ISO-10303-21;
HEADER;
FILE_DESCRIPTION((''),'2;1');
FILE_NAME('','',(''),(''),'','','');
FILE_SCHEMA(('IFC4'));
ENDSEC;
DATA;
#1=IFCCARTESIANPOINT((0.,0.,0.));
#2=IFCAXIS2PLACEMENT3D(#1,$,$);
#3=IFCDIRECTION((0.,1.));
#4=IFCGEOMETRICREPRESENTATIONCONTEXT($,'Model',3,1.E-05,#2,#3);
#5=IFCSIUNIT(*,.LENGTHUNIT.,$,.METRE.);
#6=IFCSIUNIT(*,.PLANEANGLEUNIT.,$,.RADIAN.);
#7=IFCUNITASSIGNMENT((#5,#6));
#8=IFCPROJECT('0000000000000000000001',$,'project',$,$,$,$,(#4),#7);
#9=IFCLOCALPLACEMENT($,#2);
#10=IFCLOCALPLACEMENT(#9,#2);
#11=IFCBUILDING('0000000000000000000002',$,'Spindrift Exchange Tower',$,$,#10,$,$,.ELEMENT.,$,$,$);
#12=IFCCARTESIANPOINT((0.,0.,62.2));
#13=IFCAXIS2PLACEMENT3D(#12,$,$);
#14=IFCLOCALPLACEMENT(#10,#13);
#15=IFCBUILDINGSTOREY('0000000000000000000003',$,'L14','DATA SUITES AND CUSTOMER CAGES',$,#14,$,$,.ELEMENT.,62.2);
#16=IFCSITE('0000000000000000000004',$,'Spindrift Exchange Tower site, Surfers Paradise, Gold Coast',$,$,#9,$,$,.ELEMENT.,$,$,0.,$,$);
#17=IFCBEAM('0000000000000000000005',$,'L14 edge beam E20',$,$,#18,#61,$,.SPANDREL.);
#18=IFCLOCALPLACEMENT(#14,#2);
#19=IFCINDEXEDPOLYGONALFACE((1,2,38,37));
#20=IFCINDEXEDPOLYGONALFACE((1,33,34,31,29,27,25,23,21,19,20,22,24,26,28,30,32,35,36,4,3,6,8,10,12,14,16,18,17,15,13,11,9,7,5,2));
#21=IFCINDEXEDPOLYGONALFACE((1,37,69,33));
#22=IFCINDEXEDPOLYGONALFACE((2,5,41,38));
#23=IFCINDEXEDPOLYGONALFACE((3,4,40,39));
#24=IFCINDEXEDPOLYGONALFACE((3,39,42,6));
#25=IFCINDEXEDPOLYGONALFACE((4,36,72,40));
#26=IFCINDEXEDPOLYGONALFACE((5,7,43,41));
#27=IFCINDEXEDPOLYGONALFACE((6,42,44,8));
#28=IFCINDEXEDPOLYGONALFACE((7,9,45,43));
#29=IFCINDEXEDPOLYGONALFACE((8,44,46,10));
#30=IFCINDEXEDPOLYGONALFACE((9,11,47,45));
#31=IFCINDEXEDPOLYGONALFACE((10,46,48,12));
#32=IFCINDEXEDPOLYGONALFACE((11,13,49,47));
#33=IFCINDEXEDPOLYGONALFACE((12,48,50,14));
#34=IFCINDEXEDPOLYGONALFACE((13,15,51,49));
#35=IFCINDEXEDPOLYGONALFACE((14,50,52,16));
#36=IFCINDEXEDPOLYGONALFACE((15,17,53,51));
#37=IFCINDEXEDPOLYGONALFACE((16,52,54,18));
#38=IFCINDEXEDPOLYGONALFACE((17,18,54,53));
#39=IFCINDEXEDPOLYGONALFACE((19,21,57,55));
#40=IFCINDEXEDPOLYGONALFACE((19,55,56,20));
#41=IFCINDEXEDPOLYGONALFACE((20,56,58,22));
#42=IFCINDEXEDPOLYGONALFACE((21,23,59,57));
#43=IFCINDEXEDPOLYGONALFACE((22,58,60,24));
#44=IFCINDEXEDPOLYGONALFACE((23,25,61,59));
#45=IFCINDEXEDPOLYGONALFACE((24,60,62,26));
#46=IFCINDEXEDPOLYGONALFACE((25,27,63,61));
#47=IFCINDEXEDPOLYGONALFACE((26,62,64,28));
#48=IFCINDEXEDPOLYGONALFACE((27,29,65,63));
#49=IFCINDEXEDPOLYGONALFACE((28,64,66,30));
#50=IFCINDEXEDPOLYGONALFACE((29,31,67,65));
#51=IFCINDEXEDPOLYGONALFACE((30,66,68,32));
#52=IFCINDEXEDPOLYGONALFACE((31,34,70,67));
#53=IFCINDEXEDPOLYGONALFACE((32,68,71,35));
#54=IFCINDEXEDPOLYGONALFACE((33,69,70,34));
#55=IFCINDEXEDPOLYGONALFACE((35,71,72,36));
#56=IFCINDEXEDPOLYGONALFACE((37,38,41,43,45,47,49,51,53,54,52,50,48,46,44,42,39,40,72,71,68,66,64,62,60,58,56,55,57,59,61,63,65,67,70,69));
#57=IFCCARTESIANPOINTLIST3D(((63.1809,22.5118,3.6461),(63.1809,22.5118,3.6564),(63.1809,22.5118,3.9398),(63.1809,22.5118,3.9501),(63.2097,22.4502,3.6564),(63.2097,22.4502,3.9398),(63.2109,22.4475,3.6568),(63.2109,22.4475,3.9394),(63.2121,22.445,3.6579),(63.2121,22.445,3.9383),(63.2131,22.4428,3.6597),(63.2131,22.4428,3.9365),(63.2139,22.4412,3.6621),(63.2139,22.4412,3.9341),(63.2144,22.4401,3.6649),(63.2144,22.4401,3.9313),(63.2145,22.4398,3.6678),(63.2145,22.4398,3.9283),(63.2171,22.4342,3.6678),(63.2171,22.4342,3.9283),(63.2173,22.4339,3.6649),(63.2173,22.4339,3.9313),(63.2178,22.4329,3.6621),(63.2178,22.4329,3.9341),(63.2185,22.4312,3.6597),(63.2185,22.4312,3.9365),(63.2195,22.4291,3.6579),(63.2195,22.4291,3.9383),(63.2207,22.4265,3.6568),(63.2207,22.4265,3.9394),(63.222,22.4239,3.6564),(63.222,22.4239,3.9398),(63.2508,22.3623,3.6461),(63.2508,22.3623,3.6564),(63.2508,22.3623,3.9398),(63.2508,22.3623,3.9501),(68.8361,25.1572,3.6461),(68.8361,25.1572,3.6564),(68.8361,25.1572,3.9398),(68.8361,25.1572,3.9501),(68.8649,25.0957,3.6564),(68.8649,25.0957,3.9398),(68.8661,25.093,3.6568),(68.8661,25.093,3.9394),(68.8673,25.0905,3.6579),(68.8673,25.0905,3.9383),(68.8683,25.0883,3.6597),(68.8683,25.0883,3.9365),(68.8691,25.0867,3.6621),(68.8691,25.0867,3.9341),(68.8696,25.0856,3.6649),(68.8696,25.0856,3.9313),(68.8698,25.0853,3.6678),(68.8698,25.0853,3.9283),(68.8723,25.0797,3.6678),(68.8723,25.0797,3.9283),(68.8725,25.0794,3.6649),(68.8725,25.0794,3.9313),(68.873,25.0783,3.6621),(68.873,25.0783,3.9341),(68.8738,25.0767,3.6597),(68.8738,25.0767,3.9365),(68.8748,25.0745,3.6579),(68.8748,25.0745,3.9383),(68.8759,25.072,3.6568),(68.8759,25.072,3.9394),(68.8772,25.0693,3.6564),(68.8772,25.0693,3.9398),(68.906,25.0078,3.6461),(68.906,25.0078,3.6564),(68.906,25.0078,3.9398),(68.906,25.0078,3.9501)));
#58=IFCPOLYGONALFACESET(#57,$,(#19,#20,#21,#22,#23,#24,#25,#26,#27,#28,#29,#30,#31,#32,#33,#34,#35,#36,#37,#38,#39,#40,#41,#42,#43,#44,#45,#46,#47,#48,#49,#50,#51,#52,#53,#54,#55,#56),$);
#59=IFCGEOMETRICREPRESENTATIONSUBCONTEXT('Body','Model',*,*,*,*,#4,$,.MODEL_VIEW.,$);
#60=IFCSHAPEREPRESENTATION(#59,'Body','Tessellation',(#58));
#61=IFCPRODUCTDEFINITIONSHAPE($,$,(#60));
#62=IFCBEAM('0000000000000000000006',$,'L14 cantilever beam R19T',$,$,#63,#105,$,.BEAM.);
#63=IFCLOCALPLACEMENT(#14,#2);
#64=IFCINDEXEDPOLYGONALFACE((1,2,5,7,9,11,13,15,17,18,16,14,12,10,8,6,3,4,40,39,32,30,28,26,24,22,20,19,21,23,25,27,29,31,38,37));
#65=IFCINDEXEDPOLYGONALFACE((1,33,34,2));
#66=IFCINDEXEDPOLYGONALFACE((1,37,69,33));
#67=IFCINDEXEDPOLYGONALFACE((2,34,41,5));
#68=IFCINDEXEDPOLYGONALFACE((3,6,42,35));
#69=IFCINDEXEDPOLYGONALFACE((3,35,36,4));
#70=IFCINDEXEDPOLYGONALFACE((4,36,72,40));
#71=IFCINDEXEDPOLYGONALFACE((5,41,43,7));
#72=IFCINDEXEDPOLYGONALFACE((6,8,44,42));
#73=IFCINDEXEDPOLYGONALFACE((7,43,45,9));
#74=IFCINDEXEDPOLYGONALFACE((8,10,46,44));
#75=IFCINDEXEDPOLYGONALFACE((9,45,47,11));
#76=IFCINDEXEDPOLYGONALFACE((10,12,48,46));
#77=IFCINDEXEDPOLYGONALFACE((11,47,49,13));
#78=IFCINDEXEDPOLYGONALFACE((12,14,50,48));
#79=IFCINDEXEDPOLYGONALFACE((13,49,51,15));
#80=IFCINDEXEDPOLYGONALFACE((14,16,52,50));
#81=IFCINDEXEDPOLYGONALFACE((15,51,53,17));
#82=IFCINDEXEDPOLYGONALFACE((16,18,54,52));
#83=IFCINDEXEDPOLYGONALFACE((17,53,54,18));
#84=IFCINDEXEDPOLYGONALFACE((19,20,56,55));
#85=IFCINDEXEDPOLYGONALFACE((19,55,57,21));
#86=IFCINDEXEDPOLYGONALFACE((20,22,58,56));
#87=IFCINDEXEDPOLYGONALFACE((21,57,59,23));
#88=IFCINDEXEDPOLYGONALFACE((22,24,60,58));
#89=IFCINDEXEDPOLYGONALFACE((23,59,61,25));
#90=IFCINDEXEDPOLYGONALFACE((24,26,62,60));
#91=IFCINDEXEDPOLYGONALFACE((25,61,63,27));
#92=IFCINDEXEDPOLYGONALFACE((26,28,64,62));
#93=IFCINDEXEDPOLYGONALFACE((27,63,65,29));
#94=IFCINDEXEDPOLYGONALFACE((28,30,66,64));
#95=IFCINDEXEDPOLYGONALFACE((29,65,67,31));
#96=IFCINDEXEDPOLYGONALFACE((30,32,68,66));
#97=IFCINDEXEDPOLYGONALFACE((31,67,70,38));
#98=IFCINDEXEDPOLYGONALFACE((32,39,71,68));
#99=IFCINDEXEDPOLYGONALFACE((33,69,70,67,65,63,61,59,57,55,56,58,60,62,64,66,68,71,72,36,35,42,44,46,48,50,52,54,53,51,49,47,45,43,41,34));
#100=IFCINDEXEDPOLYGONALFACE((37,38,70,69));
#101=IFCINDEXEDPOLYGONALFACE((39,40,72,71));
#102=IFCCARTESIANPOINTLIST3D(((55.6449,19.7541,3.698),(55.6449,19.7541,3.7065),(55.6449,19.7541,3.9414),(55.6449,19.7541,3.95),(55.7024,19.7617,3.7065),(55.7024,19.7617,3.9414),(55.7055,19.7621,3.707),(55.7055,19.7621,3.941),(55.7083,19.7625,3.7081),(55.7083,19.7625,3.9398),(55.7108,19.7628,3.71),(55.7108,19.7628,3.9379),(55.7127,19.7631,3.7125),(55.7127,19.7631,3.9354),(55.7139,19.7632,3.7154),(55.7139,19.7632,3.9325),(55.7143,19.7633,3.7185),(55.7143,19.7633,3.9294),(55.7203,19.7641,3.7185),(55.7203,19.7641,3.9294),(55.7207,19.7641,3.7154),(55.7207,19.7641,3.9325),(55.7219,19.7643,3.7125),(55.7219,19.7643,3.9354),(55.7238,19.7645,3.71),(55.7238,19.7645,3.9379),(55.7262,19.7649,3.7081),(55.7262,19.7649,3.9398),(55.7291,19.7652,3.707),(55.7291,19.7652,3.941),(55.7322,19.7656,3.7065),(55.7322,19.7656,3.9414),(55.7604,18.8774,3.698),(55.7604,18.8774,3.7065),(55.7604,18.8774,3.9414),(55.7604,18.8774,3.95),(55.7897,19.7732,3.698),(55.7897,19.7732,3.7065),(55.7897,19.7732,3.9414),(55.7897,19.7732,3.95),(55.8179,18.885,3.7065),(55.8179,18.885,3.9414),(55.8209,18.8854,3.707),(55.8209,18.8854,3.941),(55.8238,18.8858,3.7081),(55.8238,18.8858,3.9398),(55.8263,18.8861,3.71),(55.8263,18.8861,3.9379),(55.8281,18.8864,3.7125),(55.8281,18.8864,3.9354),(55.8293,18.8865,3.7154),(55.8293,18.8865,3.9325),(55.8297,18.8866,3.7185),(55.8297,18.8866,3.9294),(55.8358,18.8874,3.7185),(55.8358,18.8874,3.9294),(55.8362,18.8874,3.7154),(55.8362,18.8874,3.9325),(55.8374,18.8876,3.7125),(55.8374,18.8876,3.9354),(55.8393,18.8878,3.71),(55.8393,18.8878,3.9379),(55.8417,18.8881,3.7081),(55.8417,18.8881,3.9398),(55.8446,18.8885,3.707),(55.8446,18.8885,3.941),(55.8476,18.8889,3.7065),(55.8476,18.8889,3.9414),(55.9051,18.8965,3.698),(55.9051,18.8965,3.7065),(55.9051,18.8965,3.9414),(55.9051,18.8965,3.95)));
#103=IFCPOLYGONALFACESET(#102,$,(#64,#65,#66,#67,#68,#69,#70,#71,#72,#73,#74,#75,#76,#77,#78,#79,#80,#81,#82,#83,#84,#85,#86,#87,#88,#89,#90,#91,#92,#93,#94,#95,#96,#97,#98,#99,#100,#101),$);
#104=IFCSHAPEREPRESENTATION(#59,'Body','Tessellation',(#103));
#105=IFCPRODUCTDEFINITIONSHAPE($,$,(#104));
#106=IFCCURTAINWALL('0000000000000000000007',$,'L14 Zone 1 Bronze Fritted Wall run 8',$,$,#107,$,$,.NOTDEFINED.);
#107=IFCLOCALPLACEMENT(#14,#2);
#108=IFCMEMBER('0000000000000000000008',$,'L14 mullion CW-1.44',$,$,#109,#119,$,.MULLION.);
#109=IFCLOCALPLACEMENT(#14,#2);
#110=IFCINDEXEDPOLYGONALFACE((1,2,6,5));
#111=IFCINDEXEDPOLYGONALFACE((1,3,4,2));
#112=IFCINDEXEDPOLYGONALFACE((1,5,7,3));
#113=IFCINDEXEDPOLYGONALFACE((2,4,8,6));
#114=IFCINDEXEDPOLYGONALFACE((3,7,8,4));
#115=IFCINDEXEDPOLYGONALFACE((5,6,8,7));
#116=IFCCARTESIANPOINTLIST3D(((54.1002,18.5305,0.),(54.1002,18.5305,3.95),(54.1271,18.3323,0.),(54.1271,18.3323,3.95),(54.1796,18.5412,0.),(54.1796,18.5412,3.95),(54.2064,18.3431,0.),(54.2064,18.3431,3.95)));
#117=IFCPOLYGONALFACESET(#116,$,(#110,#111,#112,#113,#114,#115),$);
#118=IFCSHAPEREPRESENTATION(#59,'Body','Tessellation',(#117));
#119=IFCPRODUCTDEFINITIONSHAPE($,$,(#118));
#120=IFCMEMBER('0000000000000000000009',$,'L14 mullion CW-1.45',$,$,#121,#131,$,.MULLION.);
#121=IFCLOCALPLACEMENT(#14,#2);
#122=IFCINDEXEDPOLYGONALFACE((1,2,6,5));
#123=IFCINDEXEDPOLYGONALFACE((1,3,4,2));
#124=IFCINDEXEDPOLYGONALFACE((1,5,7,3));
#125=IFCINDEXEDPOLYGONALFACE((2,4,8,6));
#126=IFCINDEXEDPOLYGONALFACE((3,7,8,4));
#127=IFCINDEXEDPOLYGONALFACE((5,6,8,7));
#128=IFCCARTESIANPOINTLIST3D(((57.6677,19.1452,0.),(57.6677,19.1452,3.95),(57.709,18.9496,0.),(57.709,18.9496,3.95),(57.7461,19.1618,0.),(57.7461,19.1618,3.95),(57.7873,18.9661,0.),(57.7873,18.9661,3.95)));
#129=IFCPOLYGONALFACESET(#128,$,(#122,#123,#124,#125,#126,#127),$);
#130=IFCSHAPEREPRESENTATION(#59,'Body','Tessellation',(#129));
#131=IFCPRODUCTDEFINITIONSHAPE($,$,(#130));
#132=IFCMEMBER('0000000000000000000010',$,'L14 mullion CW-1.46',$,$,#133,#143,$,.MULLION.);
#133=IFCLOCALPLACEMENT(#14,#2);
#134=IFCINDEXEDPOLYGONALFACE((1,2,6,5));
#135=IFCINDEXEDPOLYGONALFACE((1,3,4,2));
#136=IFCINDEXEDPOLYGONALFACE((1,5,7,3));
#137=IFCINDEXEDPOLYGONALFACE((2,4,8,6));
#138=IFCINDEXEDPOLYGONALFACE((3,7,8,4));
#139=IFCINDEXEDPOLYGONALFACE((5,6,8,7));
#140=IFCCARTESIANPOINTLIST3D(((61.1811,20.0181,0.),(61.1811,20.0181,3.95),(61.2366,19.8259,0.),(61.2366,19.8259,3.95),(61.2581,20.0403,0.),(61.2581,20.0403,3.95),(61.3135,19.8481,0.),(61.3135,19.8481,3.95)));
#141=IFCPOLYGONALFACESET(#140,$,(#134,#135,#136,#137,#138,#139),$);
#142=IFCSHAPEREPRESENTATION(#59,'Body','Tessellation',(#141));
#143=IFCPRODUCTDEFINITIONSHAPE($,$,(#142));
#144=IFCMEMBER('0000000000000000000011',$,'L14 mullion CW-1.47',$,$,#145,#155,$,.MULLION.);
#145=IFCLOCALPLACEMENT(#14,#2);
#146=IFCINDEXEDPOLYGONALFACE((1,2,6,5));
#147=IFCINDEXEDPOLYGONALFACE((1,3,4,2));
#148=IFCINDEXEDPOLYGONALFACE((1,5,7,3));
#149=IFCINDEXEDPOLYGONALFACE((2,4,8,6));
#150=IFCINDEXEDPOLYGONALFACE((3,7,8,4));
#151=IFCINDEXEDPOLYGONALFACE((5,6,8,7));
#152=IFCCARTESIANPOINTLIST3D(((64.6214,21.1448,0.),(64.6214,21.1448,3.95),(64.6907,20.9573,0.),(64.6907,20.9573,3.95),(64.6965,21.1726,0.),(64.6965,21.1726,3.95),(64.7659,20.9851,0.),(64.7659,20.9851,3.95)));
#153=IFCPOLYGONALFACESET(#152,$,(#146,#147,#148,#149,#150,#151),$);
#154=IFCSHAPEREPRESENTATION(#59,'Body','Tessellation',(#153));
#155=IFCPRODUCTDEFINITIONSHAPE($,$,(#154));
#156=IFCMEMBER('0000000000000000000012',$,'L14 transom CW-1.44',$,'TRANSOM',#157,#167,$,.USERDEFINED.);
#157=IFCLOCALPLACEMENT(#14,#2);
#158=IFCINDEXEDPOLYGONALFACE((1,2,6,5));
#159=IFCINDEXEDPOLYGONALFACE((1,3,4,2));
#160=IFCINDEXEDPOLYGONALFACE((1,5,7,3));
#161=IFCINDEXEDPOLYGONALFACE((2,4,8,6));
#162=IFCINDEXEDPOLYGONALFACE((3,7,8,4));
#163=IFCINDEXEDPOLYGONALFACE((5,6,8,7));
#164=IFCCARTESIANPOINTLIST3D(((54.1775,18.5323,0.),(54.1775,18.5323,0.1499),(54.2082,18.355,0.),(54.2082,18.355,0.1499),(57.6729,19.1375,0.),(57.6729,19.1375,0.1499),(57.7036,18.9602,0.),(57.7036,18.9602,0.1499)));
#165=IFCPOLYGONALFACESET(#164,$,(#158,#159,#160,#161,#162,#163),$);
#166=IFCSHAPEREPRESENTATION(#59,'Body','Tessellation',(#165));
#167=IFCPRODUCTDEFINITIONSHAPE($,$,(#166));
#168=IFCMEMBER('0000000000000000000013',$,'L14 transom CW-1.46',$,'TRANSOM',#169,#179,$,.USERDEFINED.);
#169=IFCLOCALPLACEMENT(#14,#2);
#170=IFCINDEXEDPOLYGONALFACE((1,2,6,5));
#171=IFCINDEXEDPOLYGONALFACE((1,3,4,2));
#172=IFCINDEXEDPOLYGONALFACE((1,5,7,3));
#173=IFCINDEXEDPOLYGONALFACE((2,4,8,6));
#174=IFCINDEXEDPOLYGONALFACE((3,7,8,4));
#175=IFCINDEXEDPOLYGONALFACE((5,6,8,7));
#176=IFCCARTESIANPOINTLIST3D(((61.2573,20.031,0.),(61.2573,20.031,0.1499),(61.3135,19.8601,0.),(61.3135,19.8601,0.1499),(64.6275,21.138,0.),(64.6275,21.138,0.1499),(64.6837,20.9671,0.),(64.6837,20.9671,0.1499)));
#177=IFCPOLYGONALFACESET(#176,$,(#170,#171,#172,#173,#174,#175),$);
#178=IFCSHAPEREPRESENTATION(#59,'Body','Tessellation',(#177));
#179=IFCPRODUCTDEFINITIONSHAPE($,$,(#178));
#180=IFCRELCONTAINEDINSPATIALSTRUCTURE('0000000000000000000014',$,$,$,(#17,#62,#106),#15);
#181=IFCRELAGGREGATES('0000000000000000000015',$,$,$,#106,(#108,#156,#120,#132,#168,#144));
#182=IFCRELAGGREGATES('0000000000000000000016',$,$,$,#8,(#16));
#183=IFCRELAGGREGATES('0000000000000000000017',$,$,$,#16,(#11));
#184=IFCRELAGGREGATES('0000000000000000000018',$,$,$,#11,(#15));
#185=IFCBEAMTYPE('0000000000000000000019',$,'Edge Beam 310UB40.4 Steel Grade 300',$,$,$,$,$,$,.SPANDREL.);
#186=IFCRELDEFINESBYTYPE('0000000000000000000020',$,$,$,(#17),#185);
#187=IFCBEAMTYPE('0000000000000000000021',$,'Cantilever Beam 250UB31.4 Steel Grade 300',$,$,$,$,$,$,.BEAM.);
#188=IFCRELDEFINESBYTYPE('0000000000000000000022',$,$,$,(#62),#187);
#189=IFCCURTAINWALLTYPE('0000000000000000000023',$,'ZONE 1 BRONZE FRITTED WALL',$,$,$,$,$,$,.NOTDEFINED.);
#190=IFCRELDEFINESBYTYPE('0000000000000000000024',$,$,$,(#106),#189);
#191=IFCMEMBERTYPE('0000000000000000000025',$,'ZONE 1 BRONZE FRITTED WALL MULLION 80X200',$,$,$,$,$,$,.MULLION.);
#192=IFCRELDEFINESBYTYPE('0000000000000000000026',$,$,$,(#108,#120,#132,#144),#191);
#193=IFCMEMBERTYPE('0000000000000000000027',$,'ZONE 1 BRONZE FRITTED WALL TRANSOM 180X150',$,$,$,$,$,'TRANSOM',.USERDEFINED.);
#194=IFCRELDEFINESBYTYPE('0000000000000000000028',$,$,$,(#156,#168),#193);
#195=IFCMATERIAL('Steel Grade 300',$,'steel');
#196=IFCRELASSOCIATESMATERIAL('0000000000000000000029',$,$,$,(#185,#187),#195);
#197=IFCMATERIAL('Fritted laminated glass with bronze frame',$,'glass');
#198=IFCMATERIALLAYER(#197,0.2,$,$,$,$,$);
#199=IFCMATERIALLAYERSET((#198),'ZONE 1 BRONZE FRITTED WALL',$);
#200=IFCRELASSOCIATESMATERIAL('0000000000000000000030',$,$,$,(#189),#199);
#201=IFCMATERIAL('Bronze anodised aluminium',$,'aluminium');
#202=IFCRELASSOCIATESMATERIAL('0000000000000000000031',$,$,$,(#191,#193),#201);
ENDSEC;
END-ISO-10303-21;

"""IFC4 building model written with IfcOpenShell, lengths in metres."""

from ifc_helpers import new_model, si_unit, direction, frame, origin, origin_2d, place, context, subcontext, project, spatial, rectangle, i_section, extrude, source, transform, mapped, material, layer, layer_set, material_profile, profile_set, type_object, element, aggregate, save


model = new_model("IFC4")

# Units and contexts
model_context = context("Model", 3, precision=1e-05, world=origin(), true_north=direction((0.0, 1.0)))
body_context = subcontext(model_context, "Body", "Model", "MODEL_VIEW")
ifc_project = project(units=[si_unit("LENGTHUNIT", "METRE"), si_unit("PLANEANGLEUNIT", "RADIAN")], contexts=[model_context])

# Site, building, storey
site_placement = place(None, origin())
site = spatial("IfcSite", under=ifc_project, at=site_placement, Name="Spindrift Exchange Tower site, Surfers Paradise, Gold Coast", CompositionType="ELEMENT", RefElevation=0.0)
building_placement = place(site_placement, origin())
building = spatial("IfcBuilding", under=site, at=building_placement, Name="Spindrift Exchange Tower", CompositionType="ELEMENT")
storey_placement = place(building_placement, frame((0.0, 0.0, 62.2)))
storey = spatial("IfcBuildingStorey", under=building, at=storey_placement, Name="L14", Description="DATA SUITES AND CUSTOMER CAGES", CompositionType="ELEMENT", Elevation=62.2)

# Beams
ifc_material_1 = material(Name="Steel Grade 300", Category="steel")
ifc_material_profile_1 = material_profile(ifc_material_1, i_section(OverallWidth=0.165, OverallDepth=0.304, WebThickness=0.0061, FlangeThickness=0.0103, FilletRadius=0.0115, at=origin_2d()), Name="310UB40.4")
ifc_profile_set_1 = profile_set([ifc_material_profile_1], Name="Steel Grade 300")
beam_type_1 = type_object("IfcBeamType", Name="Edge Beam 310UB40.4 Steel Grade 300", PredefinedType="SPANDREL", material=ifc_profile_set_1)
shared_shape_1 = source(origin(), body_context, "Body", "SweptSolid", [
    extrude(i_section(OverallWidth=0.165, OverallDepth=0.304, WebThickness=0.0061, FlangeThickness=0.0103, FilletRadius=0.0115, at=origin_2d()), origin(), (0.0, 0.0, 1.0), 6.2434),
])
beam_1_placement = place(storey_placement, frame((63.2158, 22.437, 3.7981), z_axis=(0.905791, 0.423724, 0.0), x_axis=(-0.423724, 0.905791, 0.0)))
element("IfcBeam", 1, at=beam_1_placement, inside=storey, type_object=beam_type_1, Name="L14 edge beam E20", PredefinedType="SPANDREL", context=body_context, shape_type="MappedRepresentation", body=[
    mapped(shared_shape_1, transform((0.0, 0.0, 0.0), scale=1.0)),
])
ifc_material_profile_2 = material_profile(ifc_material_1, i_section(OverallWidth=0.146, OverallDepth=0.252, WebThickness=0.0061, FlangeThickness=0.0085, FilletRadius=0.012, at=origin_2d()), Name="250UB31.4")
ifc_profile_set_2 = profile_set([ifc_material_profile_2], Name="Steel Grade 300")
beam_type_2 = type_object("IfcBeamType", Name="Cantilever Beam 250UB31.4 Steel Grade 300", PredefinedType="BEAM", material=ifc_profile_set_2)
shared_shape_2 = source(origin(), body_context, "Body", "SweptSolid", [
    extrude(i_section(OverallWidth=0.146, OverallDepth=0.252, WebThickness=0.0061, FlangeThickness=0.0085, FilletRadius=0.012, at=origin_2d()), origin(), (0.0, 0.0, 1.0), 0.8843),
])
beam_2_placement = place(storey_placement, frame((55.7173, 19.7637, 3.824), z_axis=(0.13059, -0.991436, 0.0), x_axis=(0.991436, 0.13059, 0.0)))
element("IfcBeam", 2, at=beam_2_placement, inside=storey, type_object=beam_type_2, Name="L14 cantilever beam R19T", PredefinedType="BEAM", context=body_context, shape_type="MappedRepresentation", body=[
    mapped(shared_shape_2, transform((0.0, 0.0, 0.0), scale=1.0)),
])

# Curtain wall, members
ifc_material_2 = material(Name="Fritted laminated glass with bronze frame", Category="glass")
ifc_layer_1 = layer(ifc_material_2, 0.2)
ifc_layer_set_1 = layer_set([ifc_layer_1], Name="ZONE 1 BRONZE FRITTED WALL")
curtain_wall_type = type_object("IfcCurtainWallType", Name="ZONE 1 BRONZE FRITTED WALL", PredefinedType="NOTDEFINED", material=ifc_layer_set_1)
curtain_wall_placement = place(storey_placement, origin())
curtain_wall = element("IfcCurtainWall", 3, at=curtain_wall_placement, inside=storey, type_object=curtain_wall_type, Name="L14 Zone 1 Bronze Fritted Wall run 8", PredefinedType="NOTDEFINED")
ifc_material_3 = material(Name="Bronze anodised aluminium", Category="aluminium")
ifc_material_profile_3 = material_profile(ifc_material_3, rectangle(XDim=0.0801, YDim=0.2, at=origin_2d()), Name="ZONE 1 BRONZE FRITTED WALL MULLION 80X200")
ifc_profile_set_3 = profile_set([ifc_material_profile_3], Name="Bronze anodised aluminium")
member_type_1 = type_object("IfcMemberType", Name="ZONE 1 BRONZE FRITTED WALL MULLION 80X200", PredefinedType="MULLION", material=ifc_profile_set_3)
shared_shape_3 = source(origin(), body_context, "Body", "SweptSolid", [
    extrude(rectangle(XDim=0.0801, YDim=0.2, at=origin_2d()), origin(), (0.0, 0.0, 1.0), 3.95),
])
member_1_placement = place(storey_placement, frame((54.1533, 18.4368, 0.0), z_axis=(0.0, 0.0, 1.0), x_axis=(0.99094, 0.134306, 0.0)))
member_1 = element("IfcMember", 4, at=member_1_placement, type_object=member_type_1, Name="L14 mullion CW-1.44", PredefinedType="MULLION", context=body_context, shape_type="MappedRepresentation", body=[
    mapped(shared_shape_3, transform((0.0, 0.0, 0.0), scale=1.0)),
])
member_2_placement = place(storey_placement, frame((57.7275, 19.0557, 0.0), z_axis=(0.0, 0.0, 1.0), x_axis=(0.978471, 0.206386, 0.0)))
member_2 = element("IfcMember", 5, at=member_2_placement, type_object=member_type_1, Name="L14 mullion CW-1.45", PredefinedType="MULLION", context=body_context, shape_type="MappedRepresentation", body=[
    mapped(shared_shape_3, transform((0.0, 0.0, 0.0), scale=1.0)),
])
member_3_placement = place(storey_placement, frame((61.2473, 19.9331, 0.0), z_axis=(0.0, 0.0, 1.0), x_axis=(0.960823, 0.277162, 0.0)))
member_3 = element("IfcMember", 6, at=member_3_placement, type_object=member_type_1, Name="L14 mullion CW-1.46", PredefinedType="MULLION", context=body_context, shape_type="MappedRepresentation", body=[
    mapped(shared_shape_3, transform((0.0, 0.0, 0.0), scale=1.0)),
])
member_4_placement = place(storey_placement, frame((64.6936, 21.0649, 0.0), z_axis=(0.0, 0.0, 1.0), x_axis=(0.937849, 0.347045, 0.0)))
member_4 = element("IfcMember", 7, at=member_4_placement, type_object=member_type_1, Name="L14 mullion CW-1.47", PredefinedType="MULLION", context=body_context, shape_type="MappedRepresentation", body=[
    mapped(shared_shape_3, transform((0.0, 0.0, 0.0), scale=1.0)),
])
ifc_material_profile_4 = material_profile(ifc_material_3, rectangle(XDim=0.1799, YDim=0.1499, at=origin_2d()), Name="ZONE 1 BRONZE FRITTED WALL TRANSOM 180X150")
ifc_profile_set_4 = profile_set([ifc_material_profile_4], Name="Bronze anodised aluminium")
member_type_2 = type_object("IfcMemberType", Name="ZONE 1 BRONZE FRITTED WALL TRANSOM 180X150", ElementType="TRANSOM", PredefinedType="USERDEFINED", material=ifc_profile_set_4)
shared_shape_4 = source(origin(), body_context, "Body", "SweptSolid", [
    extrude(rectangle(XDim=0.1799, YDim=0.1499, at=origin_2d()), origin(), (0.0, 0.0, 1.0), 3.5474),
])
member_5_placement = place(storey_placement, frame((54.1929, 18.4436, 0.075), z_axis=(0.985338, 0.170612, 0.0), x_axis=(-0.170612, 0.985338, 0.0)))
member_5 = element("IfcMember", 8, at=member_5_placement, type_object=member_type_2, Name="L14 transom CW-1.44", ObjectType="TRANSOM", PredefinedType="USERDEFINED", context=body_context, shape_type="MappedRepresentation", body=[
    mapped(shared_shape_4, transform((0.0, 0.0, 0.0), scale=1.0)),
])
member_6_placement = place(storey_placement, frame((61.2854, 19.9456, 0.075), z_axis=(0.950064, 0.312054, 0.0), x_axis=(-0.312054, 0.950064, 0.0)))
member_6 = element("IfcMember", 9, at=member_6_placement, type_object=member_type_2, Name="L14 transom CW-1.46", ObjectType="TRANSOM", PredefinedType="USERDEFINED", context=body_context, shape_type="MappedRepresentation", body=[
    mapped(shared_shape_4, transform((0.0, 0.0, 0.0), scale=1.0)),
])
aggregate(curtain_wall, [member_1, member_5, member_2, member_3, member_6, member_4])

save(model, "model.ifc")
